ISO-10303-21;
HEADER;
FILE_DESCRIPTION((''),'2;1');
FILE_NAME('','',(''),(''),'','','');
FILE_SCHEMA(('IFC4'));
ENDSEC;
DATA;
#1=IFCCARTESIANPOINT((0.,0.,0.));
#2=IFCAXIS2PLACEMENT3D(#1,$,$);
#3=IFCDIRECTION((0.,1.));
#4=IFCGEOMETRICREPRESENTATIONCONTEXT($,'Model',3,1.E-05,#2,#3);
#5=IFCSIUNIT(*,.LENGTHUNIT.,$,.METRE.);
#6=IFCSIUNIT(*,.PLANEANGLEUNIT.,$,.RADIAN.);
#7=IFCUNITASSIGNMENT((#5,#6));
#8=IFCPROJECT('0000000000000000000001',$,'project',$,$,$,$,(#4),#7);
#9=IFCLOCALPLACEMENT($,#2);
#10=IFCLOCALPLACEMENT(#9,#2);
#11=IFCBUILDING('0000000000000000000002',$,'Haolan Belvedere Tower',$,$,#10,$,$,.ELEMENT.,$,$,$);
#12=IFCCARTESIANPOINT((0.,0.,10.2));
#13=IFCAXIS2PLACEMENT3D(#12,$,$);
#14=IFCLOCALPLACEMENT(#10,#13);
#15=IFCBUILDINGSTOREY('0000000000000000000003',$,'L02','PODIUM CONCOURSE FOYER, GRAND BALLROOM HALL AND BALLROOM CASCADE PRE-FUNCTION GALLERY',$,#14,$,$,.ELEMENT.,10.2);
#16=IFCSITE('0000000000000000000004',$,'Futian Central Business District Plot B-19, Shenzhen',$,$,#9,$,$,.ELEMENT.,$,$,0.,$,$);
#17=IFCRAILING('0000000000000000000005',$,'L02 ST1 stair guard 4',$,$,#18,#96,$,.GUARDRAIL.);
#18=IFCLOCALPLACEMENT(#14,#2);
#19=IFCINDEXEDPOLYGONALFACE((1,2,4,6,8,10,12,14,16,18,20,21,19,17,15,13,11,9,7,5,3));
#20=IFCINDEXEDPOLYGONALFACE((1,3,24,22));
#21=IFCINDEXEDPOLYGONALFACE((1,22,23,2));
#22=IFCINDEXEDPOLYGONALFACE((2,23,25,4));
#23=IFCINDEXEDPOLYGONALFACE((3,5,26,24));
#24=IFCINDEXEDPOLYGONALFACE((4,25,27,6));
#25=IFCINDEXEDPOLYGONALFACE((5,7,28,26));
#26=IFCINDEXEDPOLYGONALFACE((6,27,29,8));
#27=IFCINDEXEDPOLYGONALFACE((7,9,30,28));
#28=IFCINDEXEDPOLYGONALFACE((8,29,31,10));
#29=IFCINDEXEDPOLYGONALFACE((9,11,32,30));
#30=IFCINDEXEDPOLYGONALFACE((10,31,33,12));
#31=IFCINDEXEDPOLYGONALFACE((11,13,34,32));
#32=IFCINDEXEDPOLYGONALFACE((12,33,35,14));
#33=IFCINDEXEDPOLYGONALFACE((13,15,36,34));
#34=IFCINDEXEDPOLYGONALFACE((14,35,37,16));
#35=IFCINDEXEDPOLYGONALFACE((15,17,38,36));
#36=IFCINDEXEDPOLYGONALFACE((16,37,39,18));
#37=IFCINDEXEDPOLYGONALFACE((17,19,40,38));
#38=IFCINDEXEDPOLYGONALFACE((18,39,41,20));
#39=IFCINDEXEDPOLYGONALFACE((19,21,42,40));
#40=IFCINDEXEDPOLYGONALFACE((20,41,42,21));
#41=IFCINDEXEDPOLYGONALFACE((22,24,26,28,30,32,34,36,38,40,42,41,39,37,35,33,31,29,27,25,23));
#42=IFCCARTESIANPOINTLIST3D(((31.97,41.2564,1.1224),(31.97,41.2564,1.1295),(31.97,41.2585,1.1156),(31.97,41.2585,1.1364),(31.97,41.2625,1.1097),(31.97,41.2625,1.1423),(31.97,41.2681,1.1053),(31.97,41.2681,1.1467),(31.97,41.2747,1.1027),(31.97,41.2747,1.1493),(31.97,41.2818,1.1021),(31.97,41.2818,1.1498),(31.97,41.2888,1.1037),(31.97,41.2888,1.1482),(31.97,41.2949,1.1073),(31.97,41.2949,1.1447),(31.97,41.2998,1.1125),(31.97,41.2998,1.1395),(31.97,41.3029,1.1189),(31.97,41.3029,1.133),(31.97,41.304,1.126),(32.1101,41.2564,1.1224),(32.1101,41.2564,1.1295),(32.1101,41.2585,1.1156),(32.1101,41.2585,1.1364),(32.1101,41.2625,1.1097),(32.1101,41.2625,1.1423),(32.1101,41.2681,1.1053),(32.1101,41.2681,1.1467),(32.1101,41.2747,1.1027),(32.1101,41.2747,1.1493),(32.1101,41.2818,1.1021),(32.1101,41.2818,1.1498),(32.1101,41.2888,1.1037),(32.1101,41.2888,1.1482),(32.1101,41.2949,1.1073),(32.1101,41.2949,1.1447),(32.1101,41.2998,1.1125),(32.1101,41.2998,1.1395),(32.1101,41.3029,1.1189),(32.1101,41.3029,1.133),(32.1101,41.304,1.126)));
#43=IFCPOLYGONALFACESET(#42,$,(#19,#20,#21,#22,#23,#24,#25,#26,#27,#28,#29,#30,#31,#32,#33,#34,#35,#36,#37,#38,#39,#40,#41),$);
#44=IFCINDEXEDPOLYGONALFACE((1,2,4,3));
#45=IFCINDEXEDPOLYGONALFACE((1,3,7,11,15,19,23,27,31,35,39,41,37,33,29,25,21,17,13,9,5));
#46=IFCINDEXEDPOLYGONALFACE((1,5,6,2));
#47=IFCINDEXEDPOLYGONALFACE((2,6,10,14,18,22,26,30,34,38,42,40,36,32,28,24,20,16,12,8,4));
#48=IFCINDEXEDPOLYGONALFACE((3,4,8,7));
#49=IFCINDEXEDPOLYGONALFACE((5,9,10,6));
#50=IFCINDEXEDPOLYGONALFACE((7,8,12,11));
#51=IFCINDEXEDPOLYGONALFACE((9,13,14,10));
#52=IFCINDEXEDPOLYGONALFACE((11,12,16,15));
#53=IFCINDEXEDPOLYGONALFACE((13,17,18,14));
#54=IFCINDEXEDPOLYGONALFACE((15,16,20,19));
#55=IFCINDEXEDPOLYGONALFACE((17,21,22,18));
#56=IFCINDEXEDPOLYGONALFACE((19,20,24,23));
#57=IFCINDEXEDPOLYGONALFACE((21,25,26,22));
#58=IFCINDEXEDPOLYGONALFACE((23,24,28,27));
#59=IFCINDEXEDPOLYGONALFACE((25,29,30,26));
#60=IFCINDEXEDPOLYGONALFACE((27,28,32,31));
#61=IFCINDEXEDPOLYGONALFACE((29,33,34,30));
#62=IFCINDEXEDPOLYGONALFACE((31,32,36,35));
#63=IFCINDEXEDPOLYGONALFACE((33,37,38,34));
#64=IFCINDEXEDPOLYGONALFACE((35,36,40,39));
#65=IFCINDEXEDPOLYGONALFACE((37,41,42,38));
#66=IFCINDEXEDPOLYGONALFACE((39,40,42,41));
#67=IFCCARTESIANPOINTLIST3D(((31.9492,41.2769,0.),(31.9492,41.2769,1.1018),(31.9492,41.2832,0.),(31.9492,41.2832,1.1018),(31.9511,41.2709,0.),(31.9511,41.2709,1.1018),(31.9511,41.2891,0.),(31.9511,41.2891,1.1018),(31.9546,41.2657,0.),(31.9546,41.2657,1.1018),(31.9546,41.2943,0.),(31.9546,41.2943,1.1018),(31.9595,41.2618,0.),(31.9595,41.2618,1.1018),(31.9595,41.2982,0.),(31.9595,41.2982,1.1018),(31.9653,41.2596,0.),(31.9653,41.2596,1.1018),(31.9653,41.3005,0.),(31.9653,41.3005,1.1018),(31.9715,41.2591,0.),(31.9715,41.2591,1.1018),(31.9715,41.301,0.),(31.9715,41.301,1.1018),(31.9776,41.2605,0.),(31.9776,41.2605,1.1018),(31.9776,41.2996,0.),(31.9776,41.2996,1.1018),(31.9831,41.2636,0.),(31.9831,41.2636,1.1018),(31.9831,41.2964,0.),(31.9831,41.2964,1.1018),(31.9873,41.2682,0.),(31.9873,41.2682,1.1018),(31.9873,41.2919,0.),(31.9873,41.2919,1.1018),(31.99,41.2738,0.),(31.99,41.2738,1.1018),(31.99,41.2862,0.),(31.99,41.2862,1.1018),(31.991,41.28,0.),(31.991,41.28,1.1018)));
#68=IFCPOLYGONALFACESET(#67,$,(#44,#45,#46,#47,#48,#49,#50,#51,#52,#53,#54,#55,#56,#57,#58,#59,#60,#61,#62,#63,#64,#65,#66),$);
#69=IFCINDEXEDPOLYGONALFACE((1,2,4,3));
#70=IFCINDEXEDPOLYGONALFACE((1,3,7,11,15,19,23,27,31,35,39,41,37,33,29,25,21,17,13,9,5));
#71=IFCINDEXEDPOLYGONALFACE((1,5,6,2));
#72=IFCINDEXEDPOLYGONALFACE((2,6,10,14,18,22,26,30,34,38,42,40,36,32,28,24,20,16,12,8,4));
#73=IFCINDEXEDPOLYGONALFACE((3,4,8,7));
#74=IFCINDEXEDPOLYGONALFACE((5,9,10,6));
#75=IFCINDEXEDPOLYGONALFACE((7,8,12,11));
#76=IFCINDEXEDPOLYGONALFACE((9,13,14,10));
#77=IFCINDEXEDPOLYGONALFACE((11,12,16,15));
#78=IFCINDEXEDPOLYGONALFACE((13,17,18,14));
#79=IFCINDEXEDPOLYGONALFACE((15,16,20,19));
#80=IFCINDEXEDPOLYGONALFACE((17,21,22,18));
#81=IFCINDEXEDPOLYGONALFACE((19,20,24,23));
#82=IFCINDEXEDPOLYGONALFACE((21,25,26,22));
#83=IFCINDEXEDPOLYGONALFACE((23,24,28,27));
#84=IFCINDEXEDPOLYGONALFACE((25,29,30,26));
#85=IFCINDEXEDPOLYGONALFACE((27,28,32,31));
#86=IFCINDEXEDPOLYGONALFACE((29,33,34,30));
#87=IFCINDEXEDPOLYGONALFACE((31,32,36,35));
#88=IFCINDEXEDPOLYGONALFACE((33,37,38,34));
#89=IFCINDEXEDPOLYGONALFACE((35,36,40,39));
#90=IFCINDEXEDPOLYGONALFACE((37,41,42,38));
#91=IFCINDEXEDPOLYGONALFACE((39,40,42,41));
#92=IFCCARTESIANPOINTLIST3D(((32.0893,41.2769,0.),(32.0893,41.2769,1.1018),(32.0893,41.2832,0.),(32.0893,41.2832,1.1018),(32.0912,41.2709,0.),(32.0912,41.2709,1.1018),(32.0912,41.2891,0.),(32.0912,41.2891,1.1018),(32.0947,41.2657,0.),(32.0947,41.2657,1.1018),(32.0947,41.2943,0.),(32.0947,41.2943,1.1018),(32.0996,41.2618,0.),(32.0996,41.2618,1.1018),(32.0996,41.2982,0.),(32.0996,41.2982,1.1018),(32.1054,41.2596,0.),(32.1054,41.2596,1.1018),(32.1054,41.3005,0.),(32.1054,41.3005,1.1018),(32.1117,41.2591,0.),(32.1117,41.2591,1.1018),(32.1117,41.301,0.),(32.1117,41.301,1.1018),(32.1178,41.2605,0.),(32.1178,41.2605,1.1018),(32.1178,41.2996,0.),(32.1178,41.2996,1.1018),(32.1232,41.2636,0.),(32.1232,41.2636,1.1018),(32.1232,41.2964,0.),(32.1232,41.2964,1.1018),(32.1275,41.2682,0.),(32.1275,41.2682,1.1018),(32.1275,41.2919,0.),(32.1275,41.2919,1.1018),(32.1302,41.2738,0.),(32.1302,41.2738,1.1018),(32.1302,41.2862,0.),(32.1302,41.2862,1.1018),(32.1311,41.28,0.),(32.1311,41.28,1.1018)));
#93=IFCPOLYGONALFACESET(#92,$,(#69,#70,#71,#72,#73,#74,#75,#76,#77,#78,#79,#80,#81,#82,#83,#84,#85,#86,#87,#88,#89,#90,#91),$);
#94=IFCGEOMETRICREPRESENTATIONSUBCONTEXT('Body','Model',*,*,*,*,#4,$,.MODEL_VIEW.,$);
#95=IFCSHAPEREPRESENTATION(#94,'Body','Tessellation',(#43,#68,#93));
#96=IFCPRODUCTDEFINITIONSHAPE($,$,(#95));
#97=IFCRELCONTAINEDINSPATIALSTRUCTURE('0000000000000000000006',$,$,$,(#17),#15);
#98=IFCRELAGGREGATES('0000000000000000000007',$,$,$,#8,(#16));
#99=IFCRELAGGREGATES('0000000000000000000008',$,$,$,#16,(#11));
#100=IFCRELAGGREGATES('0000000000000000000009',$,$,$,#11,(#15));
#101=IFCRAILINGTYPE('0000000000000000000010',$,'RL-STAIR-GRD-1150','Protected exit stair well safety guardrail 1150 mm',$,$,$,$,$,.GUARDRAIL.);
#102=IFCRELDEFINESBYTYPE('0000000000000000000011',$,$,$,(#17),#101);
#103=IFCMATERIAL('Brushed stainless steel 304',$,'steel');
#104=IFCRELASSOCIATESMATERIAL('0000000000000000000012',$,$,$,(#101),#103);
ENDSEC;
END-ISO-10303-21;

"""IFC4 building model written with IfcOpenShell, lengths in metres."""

from ifc_helpers import new_model, si_unit, direction, frame, origin, origin_2d, place, context, subcontext, project, spatial, circle, extrude, material, type_object, element, save


model = new_model("IFC4")

# Units and contexts
model_context = context("Model", 3, precision=1e-05, world=origin(), true_north=direction((0.0, 1.0)))
body_context = subcontext(model_context, "Body", "Model", "MODEL_VIEW")
ifc_project = project(units=[si_unit("LENGTHUNIT", "METRE"), si_unit("PLANEANGLEUNIT", "RADIAN")], contexts=[model_context])

# Site, building, storey
site_placement = place(None, origin())
site = spatial("IfcSite", under=ifc_project, at=site_placement, Name="Futian Central Business District Plot B-19, Shenzhen", CompositionType="ELEMENT", RefElevation=0.0)
building_placement = place(site_placement, origin())
building = spatial("IfcBuilding", under=site, at=building_placement, Name="Haolan Belvedere Tower", CompositionType="ELEMENT")
storey_placement = place(building_placement, frame((0.0, 0.0, 10.2)))
storey = spatial("IfcBuildingStorey", under=building, at=storey_placement, Name="L02", Description="PODIUM CONCOURSE FOYER, GRAND BALLROOM HALL AND BALLROOM CASCADE PRE-FUNCTION GALLERY", CompositionType="ELEMENT", Elevation=10.2)

# Railing
ifc_material_1 = material(Name="Brushed stainless steel 304", Category="steel")
railing_type_1 = type_object("IfcRailingType", Name="RL-STAIR-GRD-1150", Description="Protected exit stair well safety guardrail 1150 mm", PredefinedType="GUARDRAIL", material=ifc_material_1)
railing_1_placement = place(storey_placement, frame((31.97, 41.28, 0.0)))
element("IfcRailing", 1, at=railing_1_placement, inside=storey, type_object=railing_type_1, Name="L02 ST1 stair guard 4", PredefinedType="GUARDRAIL", context=body_context, shape_type="SweptSolid", body=[
    extrude(circle(Radius=0.0239, at=origin_2d()), frame((0.0, 0.0, 1.126), z_axis=(1.0, 0.0, 0.0), x_axis=(0.0, 1.0, 0.0)), (0.0, 0.0, 1.0), 0.1401),
    extrude(circle(Radius=0.021, at=origin_2d()), origin(), (0.0, 0.0, 1.0), 1.1018),
    extrude(circle(Radius=0.021, at=origin_2d()), frame((0.1401, 0.0, 0.0)), (0.0, 0.0, 1.0), 1.1018),
])

save(model, "model.ifc")
